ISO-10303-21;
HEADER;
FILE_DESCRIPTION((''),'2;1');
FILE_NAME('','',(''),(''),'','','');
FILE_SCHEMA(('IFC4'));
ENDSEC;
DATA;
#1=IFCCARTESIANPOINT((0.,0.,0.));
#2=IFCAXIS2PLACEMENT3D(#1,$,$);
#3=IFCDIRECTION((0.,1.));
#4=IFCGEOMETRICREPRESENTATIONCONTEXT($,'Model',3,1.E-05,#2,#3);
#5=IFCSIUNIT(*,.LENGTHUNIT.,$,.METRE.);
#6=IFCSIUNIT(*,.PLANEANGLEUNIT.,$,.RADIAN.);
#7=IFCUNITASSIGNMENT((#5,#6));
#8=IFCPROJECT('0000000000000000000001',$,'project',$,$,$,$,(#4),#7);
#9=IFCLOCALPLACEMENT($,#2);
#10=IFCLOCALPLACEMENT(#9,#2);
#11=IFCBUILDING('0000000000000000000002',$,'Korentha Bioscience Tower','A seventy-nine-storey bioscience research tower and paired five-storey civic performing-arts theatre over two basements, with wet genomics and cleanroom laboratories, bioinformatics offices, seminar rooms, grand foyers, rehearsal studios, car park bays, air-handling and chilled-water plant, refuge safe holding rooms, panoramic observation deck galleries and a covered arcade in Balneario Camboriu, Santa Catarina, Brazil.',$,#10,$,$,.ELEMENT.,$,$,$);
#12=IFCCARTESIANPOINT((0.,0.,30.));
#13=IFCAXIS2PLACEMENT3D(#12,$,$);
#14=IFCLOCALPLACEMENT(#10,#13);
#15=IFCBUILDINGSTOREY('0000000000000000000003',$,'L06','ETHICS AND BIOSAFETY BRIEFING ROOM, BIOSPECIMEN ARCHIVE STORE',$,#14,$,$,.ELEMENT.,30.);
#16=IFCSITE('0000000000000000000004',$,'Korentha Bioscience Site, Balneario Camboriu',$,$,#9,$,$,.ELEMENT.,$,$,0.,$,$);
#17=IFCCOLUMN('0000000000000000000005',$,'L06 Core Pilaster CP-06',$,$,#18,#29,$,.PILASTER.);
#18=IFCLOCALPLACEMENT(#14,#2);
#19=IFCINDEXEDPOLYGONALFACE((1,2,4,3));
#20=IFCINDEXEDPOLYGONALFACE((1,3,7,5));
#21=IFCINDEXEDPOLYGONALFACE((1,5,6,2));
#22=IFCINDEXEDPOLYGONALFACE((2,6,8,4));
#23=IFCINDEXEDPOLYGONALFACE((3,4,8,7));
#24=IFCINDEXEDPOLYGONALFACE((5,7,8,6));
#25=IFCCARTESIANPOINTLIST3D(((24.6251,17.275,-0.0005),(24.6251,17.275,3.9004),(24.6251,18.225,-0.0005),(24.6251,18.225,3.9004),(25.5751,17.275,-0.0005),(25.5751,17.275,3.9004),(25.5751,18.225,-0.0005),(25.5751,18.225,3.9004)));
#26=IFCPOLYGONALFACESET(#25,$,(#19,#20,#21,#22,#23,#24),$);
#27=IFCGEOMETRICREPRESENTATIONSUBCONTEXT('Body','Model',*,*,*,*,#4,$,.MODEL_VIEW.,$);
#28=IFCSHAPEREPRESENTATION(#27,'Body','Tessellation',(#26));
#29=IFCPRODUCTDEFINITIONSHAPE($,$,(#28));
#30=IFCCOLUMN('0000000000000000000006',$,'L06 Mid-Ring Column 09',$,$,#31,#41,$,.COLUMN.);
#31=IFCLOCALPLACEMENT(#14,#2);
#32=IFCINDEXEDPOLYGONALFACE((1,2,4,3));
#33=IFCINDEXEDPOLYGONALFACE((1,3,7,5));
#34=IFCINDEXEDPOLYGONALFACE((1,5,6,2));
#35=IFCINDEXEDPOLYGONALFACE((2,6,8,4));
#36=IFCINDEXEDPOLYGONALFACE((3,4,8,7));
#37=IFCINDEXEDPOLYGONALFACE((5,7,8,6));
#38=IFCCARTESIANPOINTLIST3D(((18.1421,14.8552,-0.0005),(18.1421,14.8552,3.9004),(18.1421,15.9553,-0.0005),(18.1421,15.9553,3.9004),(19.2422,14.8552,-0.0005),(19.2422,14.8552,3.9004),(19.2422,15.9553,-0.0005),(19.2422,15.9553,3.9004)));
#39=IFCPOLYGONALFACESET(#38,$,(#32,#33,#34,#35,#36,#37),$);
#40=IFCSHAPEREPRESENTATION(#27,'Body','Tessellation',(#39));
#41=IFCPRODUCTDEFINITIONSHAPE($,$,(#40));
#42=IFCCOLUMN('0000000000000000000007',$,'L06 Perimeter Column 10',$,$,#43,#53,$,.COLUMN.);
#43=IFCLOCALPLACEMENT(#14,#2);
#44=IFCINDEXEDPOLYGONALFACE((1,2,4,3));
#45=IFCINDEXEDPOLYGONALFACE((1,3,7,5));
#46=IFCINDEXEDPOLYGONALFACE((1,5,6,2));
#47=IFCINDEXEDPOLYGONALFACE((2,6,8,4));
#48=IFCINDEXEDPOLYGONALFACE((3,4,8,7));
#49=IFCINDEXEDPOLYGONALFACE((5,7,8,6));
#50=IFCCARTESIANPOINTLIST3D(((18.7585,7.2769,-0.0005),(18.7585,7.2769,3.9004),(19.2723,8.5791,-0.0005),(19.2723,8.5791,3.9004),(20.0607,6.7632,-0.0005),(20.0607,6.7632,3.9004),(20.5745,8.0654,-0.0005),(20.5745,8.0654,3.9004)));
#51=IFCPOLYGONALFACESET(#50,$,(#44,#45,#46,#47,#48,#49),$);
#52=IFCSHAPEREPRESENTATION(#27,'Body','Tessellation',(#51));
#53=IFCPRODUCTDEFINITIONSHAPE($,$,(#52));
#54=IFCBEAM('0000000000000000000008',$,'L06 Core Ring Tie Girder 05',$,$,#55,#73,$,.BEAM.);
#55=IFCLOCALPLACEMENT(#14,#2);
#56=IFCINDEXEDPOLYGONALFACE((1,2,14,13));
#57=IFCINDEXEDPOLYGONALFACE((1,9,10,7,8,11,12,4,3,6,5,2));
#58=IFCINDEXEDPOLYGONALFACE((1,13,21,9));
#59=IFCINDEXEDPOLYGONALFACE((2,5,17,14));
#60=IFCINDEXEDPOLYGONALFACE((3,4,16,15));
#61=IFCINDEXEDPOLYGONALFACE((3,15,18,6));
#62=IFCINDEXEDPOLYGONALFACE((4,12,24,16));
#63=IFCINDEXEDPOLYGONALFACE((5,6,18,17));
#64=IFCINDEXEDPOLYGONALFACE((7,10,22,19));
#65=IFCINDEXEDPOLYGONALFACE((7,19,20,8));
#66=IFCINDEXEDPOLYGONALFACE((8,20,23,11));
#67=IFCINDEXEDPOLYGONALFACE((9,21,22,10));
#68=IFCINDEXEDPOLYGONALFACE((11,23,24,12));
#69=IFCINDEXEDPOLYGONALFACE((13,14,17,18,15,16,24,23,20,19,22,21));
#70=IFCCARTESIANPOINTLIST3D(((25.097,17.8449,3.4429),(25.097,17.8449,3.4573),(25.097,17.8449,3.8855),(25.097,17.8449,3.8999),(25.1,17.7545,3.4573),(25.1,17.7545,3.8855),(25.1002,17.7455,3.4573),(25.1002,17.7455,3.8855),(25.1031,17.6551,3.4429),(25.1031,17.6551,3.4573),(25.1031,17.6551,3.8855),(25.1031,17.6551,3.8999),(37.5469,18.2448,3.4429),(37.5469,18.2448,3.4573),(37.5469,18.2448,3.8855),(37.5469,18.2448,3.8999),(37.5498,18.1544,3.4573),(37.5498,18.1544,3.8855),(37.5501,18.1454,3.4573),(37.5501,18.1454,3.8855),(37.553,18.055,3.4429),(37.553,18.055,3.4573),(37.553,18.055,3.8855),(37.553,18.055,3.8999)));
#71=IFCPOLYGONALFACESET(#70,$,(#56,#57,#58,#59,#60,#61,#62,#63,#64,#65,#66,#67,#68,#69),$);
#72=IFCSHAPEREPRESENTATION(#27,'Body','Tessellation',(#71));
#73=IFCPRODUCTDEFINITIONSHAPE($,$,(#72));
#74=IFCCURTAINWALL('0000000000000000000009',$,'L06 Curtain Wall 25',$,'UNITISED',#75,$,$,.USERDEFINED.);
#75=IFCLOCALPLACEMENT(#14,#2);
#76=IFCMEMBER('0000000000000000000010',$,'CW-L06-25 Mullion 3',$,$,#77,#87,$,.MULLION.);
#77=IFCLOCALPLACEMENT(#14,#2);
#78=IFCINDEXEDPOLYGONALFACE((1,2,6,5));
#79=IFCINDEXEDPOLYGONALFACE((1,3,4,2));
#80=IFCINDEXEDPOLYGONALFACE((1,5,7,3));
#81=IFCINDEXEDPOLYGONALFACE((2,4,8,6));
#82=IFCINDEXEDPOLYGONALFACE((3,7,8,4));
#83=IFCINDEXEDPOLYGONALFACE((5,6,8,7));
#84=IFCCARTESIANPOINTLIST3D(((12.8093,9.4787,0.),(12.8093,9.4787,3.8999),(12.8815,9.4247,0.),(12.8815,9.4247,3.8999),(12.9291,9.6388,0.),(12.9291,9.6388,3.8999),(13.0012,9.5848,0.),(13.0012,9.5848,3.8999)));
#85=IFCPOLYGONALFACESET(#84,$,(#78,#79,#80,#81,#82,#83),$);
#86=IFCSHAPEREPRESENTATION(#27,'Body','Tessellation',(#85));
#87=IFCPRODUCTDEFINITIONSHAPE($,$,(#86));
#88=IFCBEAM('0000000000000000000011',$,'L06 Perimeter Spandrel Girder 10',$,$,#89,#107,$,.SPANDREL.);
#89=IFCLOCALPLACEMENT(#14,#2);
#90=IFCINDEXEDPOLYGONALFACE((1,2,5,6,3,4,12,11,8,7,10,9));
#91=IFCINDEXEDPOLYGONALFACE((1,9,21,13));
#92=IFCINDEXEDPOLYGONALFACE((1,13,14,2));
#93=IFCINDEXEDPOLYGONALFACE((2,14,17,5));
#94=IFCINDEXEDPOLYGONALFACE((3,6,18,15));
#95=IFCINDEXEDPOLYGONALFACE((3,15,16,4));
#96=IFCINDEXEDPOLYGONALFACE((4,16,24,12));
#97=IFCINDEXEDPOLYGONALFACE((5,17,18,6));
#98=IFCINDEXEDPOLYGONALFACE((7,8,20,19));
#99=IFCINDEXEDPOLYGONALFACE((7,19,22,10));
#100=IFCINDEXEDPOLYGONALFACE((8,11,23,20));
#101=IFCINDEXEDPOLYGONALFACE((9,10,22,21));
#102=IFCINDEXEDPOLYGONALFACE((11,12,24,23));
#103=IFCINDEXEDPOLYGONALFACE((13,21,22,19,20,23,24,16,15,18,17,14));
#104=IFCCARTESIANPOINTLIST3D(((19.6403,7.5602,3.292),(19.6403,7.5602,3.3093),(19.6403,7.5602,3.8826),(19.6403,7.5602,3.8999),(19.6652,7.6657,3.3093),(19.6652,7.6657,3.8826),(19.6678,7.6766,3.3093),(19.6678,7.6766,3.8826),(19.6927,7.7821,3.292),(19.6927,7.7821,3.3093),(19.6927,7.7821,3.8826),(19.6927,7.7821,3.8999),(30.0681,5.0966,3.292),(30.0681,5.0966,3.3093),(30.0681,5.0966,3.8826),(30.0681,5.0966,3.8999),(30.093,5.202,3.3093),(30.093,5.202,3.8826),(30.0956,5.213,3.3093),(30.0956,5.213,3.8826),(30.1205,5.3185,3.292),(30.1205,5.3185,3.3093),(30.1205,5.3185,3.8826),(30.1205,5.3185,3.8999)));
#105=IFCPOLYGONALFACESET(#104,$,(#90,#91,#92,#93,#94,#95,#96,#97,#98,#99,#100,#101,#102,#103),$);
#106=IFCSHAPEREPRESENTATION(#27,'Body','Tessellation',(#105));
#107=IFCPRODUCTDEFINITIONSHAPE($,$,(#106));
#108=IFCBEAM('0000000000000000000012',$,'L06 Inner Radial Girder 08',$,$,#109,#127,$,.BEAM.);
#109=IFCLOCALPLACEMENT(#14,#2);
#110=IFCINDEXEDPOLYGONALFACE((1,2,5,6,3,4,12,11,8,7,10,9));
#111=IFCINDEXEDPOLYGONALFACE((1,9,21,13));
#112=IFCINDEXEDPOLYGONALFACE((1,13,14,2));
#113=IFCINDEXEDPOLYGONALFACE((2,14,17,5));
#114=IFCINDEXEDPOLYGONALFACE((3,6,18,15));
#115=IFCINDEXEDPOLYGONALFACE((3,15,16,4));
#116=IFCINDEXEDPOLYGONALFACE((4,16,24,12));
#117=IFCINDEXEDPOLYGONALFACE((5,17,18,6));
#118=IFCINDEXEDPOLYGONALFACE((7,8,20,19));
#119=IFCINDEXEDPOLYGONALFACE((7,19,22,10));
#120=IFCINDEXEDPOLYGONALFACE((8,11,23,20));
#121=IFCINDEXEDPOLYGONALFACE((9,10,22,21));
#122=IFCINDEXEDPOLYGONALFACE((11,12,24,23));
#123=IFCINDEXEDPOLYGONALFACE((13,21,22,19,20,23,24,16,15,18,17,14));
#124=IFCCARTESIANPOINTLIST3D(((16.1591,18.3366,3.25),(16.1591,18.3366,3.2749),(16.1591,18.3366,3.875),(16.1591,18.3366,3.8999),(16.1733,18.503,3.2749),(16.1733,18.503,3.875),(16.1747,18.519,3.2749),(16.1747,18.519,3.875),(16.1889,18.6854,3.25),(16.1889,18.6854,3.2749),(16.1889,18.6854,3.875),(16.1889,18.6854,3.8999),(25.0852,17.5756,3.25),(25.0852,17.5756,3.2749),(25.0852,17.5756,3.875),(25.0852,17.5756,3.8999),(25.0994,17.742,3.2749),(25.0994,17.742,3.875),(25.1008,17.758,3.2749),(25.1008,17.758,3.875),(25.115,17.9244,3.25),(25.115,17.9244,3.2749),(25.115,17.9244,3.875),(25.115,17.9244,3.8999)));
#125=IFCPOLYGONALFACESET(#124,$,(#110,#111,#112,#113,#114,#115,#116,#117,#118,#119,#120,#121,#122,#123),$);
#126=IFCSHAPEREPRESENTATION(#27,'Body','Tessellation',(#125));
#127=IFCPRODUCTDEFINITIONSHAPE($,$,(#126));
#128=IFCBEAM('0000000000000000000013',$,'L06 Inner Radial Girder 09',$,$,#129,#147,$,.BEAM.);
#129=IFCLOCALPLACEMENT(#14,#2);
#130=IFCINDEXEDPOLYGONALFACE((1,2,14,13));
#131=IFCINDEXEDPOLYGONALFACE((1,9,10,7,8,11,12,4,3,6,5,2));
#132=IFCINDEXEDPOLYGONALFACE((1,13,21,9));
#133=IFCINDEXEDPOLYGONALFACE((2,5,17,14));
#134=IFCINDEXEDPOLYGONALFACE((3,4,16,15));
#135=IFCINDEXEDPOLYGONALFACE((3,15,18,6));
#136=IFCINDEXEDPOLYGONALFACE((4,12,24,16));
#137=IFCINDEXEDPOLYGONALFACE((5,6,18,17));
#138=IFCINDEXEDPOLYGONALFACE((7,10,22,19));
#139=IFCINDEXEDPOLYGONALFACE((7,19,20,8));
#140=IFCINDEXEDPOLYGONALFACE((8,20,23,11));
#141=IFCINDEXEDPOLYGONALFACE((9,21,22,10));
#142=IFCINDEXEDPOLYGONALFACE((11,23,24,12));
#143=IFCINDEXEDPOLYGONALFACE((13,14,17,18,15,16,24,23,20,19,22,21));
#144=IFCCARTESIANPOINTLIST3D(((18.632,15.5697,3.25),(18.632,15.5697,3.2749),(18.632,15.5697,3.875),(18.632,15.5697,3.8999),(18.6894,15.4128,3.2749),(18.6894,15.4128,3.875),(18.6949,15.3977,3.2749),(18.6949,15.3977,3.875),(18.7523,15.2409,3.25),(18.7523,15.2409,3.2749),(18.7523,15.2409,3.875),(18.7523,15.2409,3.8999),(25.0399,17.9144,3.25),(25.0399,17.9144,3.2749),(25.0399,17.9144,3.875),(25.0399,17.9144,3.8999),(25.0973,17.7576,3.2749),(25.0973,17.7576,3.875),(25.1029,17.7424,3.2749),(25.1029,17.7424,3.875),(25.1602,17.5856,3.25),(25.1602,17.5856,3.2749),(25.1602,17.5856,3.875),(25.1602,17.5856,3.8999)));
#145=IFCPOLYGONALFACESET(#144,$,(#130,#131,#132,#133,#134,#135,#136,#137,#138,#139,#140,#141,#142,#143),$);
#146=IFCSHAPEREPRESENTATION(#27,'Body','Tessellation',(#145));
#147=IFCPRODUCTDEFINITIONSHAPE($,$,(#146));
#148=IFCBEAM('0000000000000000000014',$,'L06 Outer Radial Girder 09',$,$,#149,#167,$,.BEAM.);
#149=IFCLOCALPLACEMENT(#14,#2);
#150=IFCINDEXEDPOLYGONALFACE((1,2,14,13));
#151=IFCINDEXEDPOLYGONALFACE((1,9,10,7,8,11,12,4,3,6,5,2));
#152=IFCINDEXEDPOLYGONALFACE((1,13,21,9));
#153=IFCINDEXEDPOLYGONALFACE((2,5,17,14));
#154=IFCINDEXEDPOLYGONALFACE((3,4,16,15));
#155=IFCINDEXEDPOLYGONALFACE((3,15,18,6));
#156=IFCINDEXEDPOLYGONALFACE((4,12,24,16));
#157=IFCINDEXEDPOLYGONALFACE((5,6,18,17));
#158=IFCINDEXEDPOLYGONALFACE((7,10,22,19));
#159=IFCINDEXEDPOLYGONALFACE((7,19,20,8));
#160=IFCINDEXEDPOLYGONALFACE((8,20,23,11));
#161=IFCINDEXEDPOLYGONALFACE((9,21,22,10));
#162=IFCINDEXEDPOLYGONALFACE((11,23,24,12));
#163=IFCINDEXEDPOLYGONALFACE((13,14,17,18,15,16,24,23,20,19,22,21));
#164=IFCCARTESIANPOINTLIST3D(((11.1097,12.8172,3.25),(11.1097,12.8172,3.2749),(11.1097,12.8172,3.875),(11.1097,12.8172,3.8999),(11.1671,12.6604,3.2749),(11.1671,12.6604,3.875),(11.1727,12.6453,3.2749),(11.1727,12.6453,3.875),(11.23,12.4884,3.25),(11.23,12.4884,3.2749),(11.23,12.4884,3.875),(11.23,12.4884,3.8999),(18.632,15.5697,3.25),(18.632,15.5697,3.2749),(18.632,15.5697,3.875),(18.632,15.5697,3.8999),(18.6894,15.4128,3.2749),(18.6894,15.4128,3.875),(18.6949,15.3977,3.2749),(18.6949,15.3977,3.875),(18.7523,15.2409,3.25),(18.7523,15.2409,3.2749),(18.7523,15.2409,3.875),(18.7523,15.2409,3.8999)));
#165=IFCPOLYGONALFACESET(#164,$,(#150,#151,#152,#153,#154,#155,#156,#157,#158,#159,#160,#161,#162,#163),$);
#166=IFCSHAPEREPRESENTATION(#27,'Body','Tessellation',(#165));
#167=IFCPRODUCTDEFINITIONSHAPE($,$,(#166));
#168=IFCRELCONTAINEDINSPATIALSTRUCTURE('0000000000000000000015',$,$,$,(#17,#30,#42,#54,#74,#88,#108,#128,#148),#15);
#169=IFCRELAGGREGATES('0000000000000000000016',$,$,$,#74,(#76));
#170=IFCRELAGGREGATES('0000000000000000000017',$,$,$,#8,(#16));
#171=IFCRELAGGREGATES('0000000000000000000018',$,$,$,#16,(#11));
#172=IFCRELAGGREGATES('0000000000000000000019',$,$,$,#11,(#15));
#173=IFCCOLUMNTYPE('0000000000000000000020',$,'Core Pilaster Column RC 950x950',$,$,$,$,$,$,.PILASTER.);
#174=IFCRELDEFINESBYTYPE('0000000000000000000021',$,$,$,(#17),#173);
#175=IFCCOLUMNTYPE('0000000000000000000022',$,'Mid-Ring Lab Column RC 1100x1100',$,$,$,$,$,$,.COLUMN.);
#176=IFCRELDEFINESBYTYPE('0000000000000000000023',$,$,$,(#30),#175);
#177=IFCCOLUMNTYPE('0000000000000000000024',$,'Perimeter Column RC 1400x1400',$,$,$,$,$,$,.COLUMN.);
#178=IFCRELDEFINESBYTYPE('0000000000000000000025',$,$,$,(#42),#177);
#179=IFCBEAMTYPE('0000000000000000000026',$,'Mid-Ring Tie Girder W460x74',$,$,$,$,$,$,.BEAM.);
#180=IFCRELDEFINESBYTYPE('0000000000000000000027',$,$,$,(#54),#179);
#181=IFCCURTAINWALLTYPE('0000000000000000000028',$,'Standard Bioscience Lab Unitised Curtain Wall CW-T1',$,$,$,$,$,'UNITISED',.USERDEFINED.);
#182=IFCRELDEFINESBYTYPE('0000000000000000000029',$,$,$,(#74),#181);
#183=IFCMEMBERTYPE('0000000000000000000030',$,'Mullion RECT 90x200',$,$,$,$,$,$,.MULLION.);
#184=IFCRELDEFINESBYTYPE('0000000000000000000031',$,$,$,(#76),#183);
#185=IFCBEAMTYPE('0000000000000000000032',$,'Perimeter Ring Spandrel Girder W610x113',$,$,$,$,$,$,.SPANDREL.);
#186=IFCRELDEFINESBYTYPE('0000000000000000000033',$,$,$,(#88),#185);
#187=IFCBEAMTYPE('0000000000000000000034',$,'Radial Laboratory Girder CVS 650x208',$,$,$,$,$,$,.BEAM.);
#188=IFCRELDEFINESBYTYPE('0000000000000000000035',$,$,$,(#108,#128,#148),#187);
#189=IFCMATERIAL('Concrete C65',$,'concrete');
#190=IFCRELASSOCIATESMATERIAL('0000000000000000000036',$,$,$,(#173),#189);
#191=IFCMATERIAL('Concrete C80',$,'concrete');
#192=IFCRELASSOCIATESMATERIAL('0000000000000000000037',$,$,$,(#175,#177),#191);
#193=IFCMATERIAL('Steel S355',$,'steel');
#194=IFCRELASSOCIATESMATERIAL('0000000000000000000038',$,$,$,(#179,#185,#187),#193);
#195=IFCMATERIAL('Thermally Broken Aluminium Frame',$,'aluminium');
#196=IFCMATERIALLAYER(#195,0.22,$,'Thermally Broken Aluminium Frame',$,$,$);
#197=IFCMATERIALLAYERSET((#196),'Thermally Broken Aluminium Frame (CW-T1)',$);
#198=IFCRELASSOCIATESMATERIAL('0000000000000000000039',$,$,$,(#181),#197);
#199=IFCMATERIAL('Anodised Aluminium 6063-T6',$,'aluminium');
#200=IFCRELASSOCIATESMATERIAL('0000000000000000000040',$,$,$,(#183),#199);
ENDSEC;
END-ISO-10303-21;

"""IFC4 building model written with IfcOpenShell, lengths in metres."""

from ifc_helpers import new_model, si_unit, direction, frame, origin, origin_2d, place, context, subcontext, project, spatial, rectangle, i_section, extrude, material, layer, layer_set, material_profile, profile_set, type_object, element, aggregate, save


model = new_model("IFC4")

# Units and contexts
model_context = context("Model", 3, precision=1e-05, world=origin(), true_north=direction((0.0, 1.0)))
body_context = subcontext(model_context, "Body", "Model", "MODEL_VIEW")
ifc_project = project(units=[si_unit("LENGTHUNIT", "METRE"), si_unit("PLANEANGLEUNIT", "RADIAN")], contexts=[model_context])

# Site, building, storey
site_placement = place(None, origin())
site = spatial("IfcSite", under=ifc_project, at=site_placement, Name="Korentha Bioscience Site, Balneario Camboriu", CompositionType="ELEMENT", RefElevation=0.0)
building_placement = place(site_placement, origin())
building = spatial("IfcBuilding", under=site, at=building_placement, Name="Korentha Bioscience Tower", Description="A seventy-nine-storey bioscience research tower and paired five-storey civic performing-arts theatre over two basements, with wet genomics and cleanroom laboratories, bioinformatics offices, seminar rooms, grand foyers, rehearsal studios, car park bays, air-handling and chilled-water plant, refuge safe holding rooms, panoramic observation deck galleries and a covered arcade in Balneario Camboriu, Santa Catarina, Brazil.", CompositionType="ELEMENT")
storey_placement = place(building_placement, frame((0.0, 0.0, 30.0)))
storey = spatial("IfcBuildingStorey", under=building, at=storey_placement, Name="L06", Description="ETHICS AND BIOSAFETY BRIEFING ROOM, BIOSPECIMEN ARCHIVE STORE", CompositionType="ELEMENT", Elevation=30.0)

# Columns
ifc_material_1 = material(Name="Concrete C65", Category="concrete")
ifc_material_profile_1 = material_profile(ifc_material_1, rectangle(XDim=0.95, YDim=0.95, at=origin_2d()), Name="Concrete C65")
ifc_profile_set_1 = profile_set([ifc_material_profile_1], Name="Concrete C65 (COL-CP09)")
column_type_1 = type_object("IfcColumnType", Name="Core Pilaster Column RC 950x950", PredefinedType="PILASTER", material=ifc_profile_set_1)
column_1_placement = place(storey_placement, frame((25.1001, 17.75, -0.0005), z_axis=(0.0, 0.0, 1.0), x_axis=(1.0, 0.0, 0.0)))
element("IfcColumn", 1, at=column_1_placement, inside=storey, type_object=column_type_1, Name="L06 Core Pilaster CP-06", PredefinedType="PILASTER", context=body_context, shape_type="SweptSolid", body=[
    extrude(rectangle(XDim=0.95, YDim=0.95, at=origin_2d()), origin(), (0.0, 0.0, 1.0), 3.9009),
])
ifc_material_2 = material(Name="Concrete C80", Category="concrete")
ifc_material_profile_2 = material_profile(ifc_material_2, rectangle(XDim=1.1001, YDim=1.1001, at=origin_2d()), Name="Concrete C80")
ifc_profile_set_2 = profile_set([ifc_material_profile_2], Name="Concrete C80 (COL-MR11)")
column_type_2 = type_object("IfcColumnType", Name="Mid-Ring Lab Column RC 1100x1100", PredefinedType="COLUMN", material=ifc_profile_set_2)
column_2_placement = place(storey_placement, frame((18.6921, 15.4053, -0.0005), z_axis=(0.0, 0.0, 1.0), x_axis=(1.0, 0.0, 0.0)))
element("IfcColumn", 2, at=column_2_placement, inside=storey, type_object=column_type_2, Name="L06 Mid-Ring Column 09", PredefinedType="COLUMN", context=body_context, shape_type="SweptSolid", body=[
    extrude(rectangle(XDim=1.1001, YDim=1.1001, at=origin_2d()), origin(), (0.0, 0.0, 1.0), 3.9009),
])
ifc_material_profile_3 = material_profile(ifc_material_2, rectangle(XDim=1.3999, YDim=1.3999, at=origin_2d()), Name="Concrete C80")
ifc_profile_set_3 = profile_set([ifc_material_profile_3], Name="Concrete C80 (COL-P14)")
column_type_3 = type_object("IfcColumnType", Name="Perimeter Column RC 1400x1400", PredefinedType="COLUMN", material=ifc_profile_set_3)
column_3_placement = place(storey_placement, frame((19.6665, 7.6711, -0.0005), z_axis=(0.0, 0.0, 1.0), x_axis=(-0.930226, 0.366988, 0.0)))
element("IfcColumn", 3, at=column_3_placement, inside=storey, type_object=column_type_3, Name="L06 Perimeter Column 10", PredefinedType="COLUMN", context=body_context, shape_type="SweptSolid", body=[
    extrude(rectangle(XDim=1.3999, YDim=1.3999, at=origin_2d()), origin(), (0.0, 0.0, 1.0), 3.9009),
])

# Beam
ifc_material_3 = material(Name="Steel S355", Category="steel")
ifc_material_profile_4 = material_profile(ifc_material_3, i_section(OverallWidth=0.1899, OverallDepth=0.457, WebThickness=0.009, FlangeThickness=0.0144, at=origin_2d()), Name="Steel S355")
ifc_profile_set_4 = profile_set([ifc_material_profile_4], Name="Steel S355 (MB-460)")
beam_type_1 = type_object("IfcBeamType", Name="Mid-Ring Tie Girder W460x74", PredefinedType="BEAM", material=ifc_profile_set_4)
beam_1_placement = place(storey_placement, frame((25.1001, 17.75, 3.6714), z_axis=(0.999485, 0.032104, 0.0), x_axis=(-0.032104, 0.999485, 0.0)))
element("IfcBeam", 4, at=beam_1_placement, inside=storey, type_object=beam_type_1, Name="L06 Core Ring Tie Girder 05", PredefinedType="BEAM", context=body_context, shape_type="SweptSolid", body=[
    extrude(i_section(OverallWidth=0.1899, OverallDepth=0.457, WebThickness=0.009, FlangeThickness=0.0144, at=origin_2d()), origin(), (0.0, 0.0, 1.0), 12.4563),
])

# Curtain wall, member
ifc_material_4 = material(Name="Thermally Broken Aluminium Frame", Category="aluminium")
ifc_layer_1 = layer(ifc_material_4, 0.22, Name="Thermally Broken Aluminium Frame")
ifc_layer_set_1 = layer_set([ifc_layer_1], Name="Thermally Broken Aluminium Frame (CW-T1)")
curtain_wall_type = type_object("IfcCurtainWallType", Name="Standard Bioscience Lab Unitised Curtain Wall CW-T1", ElementType="UNITISED", PredefinedType="USERDEFINED", material=ifc_layer_set_1)
curtain_wall_placement = place(storey_placement, origin())
curtain_wall = element("IfcCurtainWall", 5, at=curtain_wall_placement, inside=storey, type_object=curtain_wall_type, Name="L06 Curtain Wall 25", ObjectType="UNITISED", PredefinedType="USERDEFINED")
ifc_material_5 = material(Name="Anodised Aluminium 6063-T6", Category="aluminium")
ifc_material_profile_5 = material_profile(ifc_material_5, rectangle(XDim=0.0901, YDim=0.2, at=origin_2d()), Name="Anodised Aluminium 6063-T6")
ifc_profile_set_5 = profile_set([ifc_material_profile_5], Name="Anodised Aluminium 6063-T6 (CW-MUL)")
member_type_1 = type_object("IfcMemberType", Name="Mullion RECT 90x200", PredefinedType="MULLION", material=ifc_profile_set_5)
member_1_placement = place(storey_placement, frame((12.9053, 9.5317, 0.0), z_axis=(0.0, 0.0, 1.0), x_axis=(0.800798, -0.598935, 0.0)))
member_1 = element("IfcMember", 6, at=member_1_placement, type_object=member_type_1, Name="CW-L06-25 Mullion 3", PredefinedType="MULLION", context=body_context, shape_type="SweptSolid", body=[
    extrude(rectangle(XDim=0.0901, YDim=0.2, at=origin_2d()), origin(), (0.0, 0.0, 1.0), 3.8999),
])

# Beams
ifc_material_profile_6 = material_profile(ifc_material_3, i_section(OverallWidth=0.228, OverallDepth=0.6079, WebThickness=0.0112, FlangeThickness=0.0173, at=origin_2d()), Name="Steel S355")
ifc_profile_set_6 = profile_set([ifc_material_profile_6], Name="Steel S355 (SB-610)")
beam_type_2 = type_object("IfcBeamType", Name="Perimeter Ring Spandrel Girder W610x113", PredefinedType="SPANDREL", material=ifc_profile_set_6)
beam_2_placement = place(storey_placement, frame((19.6665, 7.6711, 3.5959), z_axis=(0.973208, -0.229927, 0.0), x_axis=(0.229927, 0.973208, 0.0)))
element("IfcBeam", 7, at=beam_2_placement, inside=storey, type_object=beam_type_2, Name="L06 Perimeter Spandrel Girder 10", PredefinedType="SPANDREL", context=body_context, shape_type="SweptSolid", body=[
    extrude(i_section(OverallWidth=0.228, OverallDepth=0.6079, WebThickness=0.0112, FlangeThickness=0.0173, at=origin_2d()), origin(), (0.0, 0.0, 1.0), 10.7148),
])
ifc_material_profile_7 = material_profile(ifc_material_3, i_section(OverallWidth=0.3501, OverallDepth=0.6499, WebThickness=0.0161, FlangeThickness=0.0249, at=origin_2d()), Name="Steel S355")
ifc_profile_set_7 = profile_set([ifc_material_profile_7], Name="Steel S355 (RB-650)")
beam_type_3 = type_object("IfcBeamType", Name="Radial Laboratory Girder CVS 650x208", PredefinedType="BEAM", material=ifc_profile_set_7)
beam_3_placement = place(storey_placement, frame((25.1001, 17.75, 3.575), z_axis=(-0.996386, 0.084947, 0.0), x_axis=(-0.084947, -0.996386, 0.0)))
element("IfcBeam", 8, at=beam_3_placement, inside=storey, type_object=beam_type_3, Name="L06 Inner Radial Girder 08", PredefinedType="BEAM", context=body_context, shape_type="SweptSolid", body=[
    extrude(i_section(OverallWidth=0.3501, OverallDepth=0.6499, WebThickness=0.0161, FlangeThickness=0.0249, at=origin_2d()), origin(), (0.0, 0.0, 1.0), 8.9585),
])
beam_4_placement = place(storey_placement, frame((25.1001, 17.75, 3.575), z_axis=(-0.939106, -0.343627, 0.0), x_axis=(0.343627, -0.939106, 0.0)))
element("IfcBeam", 9, at=beam_4_placement, inside=storey, type_object=beam_type_3, Name="L06 Inner Radial Girder 09", PredefinedType="BEAM", context=body_context, shape_type="SweptSolid", body=[
    extrude(i_section(OverallWidth=0.3501, OverallDepth=0.6499, WebThickness=0.0161, FlangeThickness=0.0249, at=origin_2d()), origin(), (0.0, 0.0, 1.0), 6.8235),
])
beam_5_placement = place(storey_placement, frame((18.6921, 15.4053, 3.575), z_axis=(-0.939106, -0.343627, 0.0), x_axis=(0.343627, -0.939106, 0.0)))
element("IfcBeam", 10, at=beam_5_placement, inside=storey, type_object=beam_type_3, Name="L06 Outer Radial Girder 09", PredefinedType="BEAM", context=body_context, shape_type="SweptSolid", body=[
    extrude(i_section(OverallWidth=0.3501, OverallDepth=0.6499, WebThickness=0.0161, FlangeThickness=0.0249, at=origin_2d()), origin(), (0.0, 0.0, 1.0), 8.01),
])

aggregate(curtain_wall, [member_1])

save(model, "model.ifc")
